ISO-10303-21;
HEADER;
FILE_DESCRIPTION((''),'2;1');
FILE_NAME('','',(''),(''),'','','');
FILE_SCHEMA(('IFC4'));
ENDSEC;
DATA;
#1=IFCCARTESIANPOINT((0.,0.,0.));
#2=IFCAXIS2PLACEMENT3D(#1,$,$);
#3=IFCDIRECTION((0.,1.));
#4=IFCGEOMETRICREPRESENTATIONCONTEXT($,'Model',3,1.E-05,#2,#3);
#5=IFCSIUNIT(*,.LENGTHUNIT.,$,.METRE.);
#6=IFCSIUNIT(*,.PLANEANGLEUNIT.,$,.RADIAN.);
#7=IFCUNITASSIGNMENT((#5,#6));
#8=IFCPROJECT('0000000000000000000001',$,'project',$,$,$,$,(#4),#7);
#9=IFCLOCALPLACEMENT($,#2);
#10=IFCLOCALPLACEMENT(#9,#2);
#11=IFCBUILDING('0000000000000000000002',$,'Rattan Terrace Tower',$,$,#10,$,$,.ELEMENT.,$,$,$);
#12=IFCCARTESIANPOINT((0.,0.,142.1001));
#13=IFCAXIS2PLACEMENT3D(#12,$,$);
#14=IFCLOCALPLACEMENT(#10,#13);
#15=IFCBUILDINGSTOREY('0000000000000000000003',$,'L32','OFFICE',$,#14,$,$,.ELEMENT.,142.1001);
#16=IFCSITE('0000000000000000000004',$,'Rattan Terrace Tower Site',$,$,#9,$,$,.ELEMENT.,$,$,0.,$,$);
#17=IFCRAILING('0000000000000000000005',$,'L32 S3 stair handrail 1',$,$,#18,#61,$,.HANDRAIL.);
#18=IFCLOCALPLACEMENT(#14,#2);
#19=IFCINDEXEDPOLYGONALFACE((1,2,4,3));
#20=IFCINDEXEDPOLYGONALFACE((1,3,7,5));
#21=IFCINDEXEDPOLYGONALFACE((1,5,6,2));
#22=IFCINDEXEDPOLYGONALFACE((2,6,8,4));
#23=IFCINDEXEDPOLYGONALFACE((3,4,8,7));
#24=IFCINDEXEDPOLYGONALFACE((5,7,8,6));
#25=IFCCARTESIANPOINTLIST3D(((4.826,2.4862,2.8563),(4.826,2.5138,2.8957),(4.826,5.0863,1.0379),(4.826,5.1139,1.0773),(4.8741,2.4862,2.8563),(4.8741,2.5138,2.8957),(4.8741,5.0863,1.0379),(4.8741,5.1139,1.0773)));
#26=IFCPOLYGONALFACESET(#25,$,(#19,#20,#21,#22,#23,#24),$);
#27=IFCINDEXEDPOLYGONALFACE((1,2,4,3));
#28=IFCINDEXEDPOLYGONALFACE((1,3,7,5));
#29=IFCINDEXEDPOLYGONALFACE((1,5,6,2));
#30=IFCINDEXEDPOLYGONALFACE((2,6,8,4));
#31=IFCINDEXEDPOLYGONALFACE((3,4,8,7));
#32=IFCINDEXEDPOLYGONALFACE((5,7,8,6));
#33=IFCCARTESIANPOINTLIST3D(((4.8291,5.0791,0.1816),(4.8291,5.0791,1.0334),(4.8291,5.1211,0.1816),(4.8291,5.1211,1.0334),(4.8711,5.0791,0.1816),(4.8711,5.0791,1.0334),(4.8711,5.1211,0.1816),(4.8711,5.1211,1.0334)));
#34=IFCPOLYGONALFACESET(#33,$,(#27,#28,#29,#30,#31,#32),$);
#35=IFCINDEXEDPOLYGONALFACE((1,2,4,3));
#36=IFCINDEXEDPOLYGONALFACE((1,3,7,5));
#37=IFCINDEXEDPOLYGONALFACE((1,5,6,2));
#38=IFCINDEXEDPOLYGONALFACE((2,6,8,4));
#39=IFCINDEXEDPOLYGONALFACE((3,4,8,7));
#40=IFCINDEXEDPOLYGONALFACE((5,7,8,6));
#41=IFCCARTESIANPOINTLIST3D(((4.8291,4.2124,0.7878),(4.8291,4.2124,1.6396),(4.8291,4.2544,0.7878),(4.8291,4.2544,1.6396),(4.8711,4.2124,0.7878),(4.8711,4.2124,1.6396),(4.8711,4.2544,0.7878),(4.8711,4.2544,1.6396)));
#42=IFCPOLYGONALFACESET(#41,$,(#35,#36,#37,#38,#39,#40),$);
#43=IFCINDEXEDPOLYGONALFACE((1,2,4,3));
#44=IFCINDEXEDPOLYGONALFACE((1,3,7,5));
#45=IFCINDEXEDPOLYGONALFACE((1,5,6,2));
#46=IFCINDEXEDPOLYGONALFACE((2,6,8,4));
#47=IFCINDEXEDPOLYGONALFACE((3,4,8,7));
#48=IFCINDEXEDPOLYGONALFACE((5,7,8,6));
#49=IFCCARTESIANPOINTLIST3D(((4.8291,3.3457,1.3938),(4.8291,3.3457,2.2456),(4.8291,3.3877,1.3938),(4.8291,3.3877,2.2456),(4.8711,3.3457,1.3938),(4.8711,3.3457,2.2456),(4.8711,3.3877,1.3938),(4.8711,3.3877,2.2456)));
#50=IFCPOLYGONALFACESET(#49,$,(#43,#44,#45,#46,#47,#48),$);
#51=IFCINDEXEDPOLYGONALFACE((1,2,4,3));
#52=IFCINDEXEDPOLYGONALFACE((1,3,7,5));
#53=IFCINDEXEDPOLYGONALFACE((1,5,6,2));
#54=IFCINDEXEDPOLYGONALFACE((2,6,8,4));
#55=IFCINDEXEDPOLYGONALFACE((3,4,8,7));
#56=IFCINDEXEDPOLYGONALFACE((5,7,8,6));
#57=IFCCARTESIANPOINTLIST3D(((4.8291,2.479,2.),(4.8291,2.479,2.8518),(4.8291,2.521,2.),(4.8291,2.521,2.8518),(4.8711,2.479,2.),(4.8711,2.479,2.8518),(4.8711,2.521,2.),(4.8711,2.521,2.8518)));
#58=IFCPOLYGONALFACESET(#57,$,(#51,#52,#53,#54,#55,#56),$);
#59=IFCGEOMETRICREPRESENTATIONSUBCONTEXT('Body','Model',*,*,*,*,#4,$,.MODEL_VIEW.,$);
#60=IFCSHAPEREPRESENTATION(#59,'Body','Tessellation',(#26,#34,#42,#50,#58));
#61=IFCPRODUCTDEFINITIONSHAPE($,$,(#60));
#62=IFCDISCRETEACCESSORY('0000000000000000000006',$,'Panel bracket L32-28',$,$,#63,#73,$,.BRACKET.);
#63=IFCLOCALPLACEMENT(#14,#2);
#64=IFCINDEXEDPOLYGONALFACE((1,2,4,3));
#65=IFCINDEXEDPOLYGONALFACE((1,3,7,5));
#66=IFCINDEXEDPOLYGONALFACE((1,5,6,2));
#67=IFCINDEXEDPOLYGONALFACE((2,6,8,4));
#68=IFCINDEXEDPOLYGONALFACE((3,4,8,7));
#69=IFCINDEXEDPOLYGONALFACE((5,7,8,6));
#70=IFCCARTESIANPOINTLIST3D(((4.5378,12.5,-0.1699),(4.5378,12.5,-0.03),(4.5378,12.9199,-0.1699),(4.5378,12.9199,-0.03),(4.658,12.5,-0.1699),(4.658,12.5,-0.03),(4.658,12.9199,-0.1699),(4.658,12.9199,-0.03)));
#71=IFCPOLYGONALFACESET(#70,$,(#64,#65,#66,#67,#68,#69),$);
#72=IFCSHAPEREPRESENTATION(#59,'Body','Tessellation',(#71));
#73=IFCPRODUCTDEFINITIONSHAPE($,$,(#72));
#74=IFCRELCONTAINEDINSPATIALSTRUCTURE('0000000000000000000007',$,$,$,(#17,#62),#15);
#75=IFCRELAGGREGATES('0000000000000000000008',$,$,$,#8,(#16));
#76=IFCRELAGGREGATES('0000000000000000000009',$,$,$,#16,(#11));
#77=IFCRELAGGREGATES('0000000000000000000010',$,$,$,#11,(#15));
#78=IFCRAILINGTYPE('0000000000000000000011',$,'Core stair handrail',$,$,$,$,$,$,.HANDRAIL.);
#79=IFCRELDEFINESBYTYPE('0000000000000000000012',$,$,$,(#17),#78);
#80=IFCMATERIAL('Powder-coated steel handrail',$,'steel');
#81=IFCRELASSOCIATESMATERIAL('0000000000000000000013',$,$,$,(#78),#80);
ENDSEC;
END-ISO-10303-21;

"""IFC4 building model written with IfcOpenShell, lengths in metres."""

from ifc_helpers import new_model, si_unit, direction, frame, origin, origin_2d, place, context, subcontext, project, spatial, rectangle, extrude, material, type_object, element, save


model = new_model("IFC4")

# Units and contexts
model_context = context("Model", 3, precision=1e-05, world=origin(), true_north=direction((0.0, 1.0)))
body_context = subcontext(model_context, "Body", "Model", "MODEL_VIEW")
ifc_project = project(units=[si_unit("LENGTHUNIT", "METRE"), si_unit("PLANEANGLEUNIT", "RADIAN")], contexts=[model_context])

# Site, building, storey
site_placement = place(None, origin())
site = spatial("IfcSite", under=ifc_project, at=site_placement, Name="Rattan Terrace Tower Site", CompositionType="ELEMENT", RefElevation=0.0)
building_placement = place(site_placement, origin())
building = spatial("IfcBuilding", under=site, at=building_placement, Name="Rattan Terrace Tower", CompositionType="ELEMENT")
storey_placement = place(building_placement, frame((0.0, 0.0, 142.1001)))
storey = spatial("IfcBuildingStorey", under=building, at=storey_placement, Name="L32", Description="OFFICE", CompositionType="ELEMENT", Elevation=142.1001)

# Railing
ifc_material_1 = material(Name="Powder-coated steel handrail", Category="steel")
railing_type_1 = type_object("IfcRailingType", Name="Core stair handrail", PredefinedType="HANDRAIL", material=ifc_material_1)
railing_1_placement = place(storey_placement, frame((4.8501, 5.1001, 0.1816)))
element("IfcRailing", 1, at=railing_1_placement, inside=storey, type_object=railing_type_1, Name="L32 S3 stair handrail 1", PredefinedType="HANDRAIL", context=body_context, shape_type="SweptSolid", body=[
    extrude(rectangle(XDim=0.0481, YDim=0.0481, at=origin_2d()), frame((0.0, 0.0, 0.876), z_axis=(0.0, -0.819485, 0.573101), x_axis=(1.0, 0.0, 0.0)), (0.0, 0.0, 1.0), 3.1729),
    extrude(rectangle(XDim=0.042, YDim=0.042, at=origin_2d()), origin(), (0.0, 0.0, 1.0), 0.8518),
    extrude(rectangle(XDim=0.042, YDim=0.042, at=origin_2d()), frame((0.0, -0.8667, 0.6062)), (0.0, 0.0, 1.0), 0.8518),
    extrude(rectangle(XDim=0.042, YDim=0.042, at=origin_2d()), frame((0.0, -1.7334, 1.2122)), (0.0, 0.0, 1.0), 0.8518),
    extrude(rectangle(XDim=0.042, YDim=0.042, at=origin_2d()), frame((0.0, -2.6001, 1.8184)), (0.0, 0.0, 1.0), 0.8518),
])

# Discrete accessory
discrete_accessory_placement = place(storey_placement, frame((4.5979, 12.71, -0.1699), z_axis=(0.0, 0.0, 1.0), x_axis=(-1.0, 0.0, 0.0)))
element("IfcDiscreteAccessory", 2, at=discrete_accessory_placement, inside=storey, Name="Panel bracket L32-28", PredefinedType="BRACKET", context=body_context, shape_type="SweptSolid", body=[
    extrude(rectangle(XDim=0.1201, YDim=0.4199, at=origin_2d()), origin(), (0.0, 0.0, 1.0), 0.1399),
])

save(model, "model.ifc")
